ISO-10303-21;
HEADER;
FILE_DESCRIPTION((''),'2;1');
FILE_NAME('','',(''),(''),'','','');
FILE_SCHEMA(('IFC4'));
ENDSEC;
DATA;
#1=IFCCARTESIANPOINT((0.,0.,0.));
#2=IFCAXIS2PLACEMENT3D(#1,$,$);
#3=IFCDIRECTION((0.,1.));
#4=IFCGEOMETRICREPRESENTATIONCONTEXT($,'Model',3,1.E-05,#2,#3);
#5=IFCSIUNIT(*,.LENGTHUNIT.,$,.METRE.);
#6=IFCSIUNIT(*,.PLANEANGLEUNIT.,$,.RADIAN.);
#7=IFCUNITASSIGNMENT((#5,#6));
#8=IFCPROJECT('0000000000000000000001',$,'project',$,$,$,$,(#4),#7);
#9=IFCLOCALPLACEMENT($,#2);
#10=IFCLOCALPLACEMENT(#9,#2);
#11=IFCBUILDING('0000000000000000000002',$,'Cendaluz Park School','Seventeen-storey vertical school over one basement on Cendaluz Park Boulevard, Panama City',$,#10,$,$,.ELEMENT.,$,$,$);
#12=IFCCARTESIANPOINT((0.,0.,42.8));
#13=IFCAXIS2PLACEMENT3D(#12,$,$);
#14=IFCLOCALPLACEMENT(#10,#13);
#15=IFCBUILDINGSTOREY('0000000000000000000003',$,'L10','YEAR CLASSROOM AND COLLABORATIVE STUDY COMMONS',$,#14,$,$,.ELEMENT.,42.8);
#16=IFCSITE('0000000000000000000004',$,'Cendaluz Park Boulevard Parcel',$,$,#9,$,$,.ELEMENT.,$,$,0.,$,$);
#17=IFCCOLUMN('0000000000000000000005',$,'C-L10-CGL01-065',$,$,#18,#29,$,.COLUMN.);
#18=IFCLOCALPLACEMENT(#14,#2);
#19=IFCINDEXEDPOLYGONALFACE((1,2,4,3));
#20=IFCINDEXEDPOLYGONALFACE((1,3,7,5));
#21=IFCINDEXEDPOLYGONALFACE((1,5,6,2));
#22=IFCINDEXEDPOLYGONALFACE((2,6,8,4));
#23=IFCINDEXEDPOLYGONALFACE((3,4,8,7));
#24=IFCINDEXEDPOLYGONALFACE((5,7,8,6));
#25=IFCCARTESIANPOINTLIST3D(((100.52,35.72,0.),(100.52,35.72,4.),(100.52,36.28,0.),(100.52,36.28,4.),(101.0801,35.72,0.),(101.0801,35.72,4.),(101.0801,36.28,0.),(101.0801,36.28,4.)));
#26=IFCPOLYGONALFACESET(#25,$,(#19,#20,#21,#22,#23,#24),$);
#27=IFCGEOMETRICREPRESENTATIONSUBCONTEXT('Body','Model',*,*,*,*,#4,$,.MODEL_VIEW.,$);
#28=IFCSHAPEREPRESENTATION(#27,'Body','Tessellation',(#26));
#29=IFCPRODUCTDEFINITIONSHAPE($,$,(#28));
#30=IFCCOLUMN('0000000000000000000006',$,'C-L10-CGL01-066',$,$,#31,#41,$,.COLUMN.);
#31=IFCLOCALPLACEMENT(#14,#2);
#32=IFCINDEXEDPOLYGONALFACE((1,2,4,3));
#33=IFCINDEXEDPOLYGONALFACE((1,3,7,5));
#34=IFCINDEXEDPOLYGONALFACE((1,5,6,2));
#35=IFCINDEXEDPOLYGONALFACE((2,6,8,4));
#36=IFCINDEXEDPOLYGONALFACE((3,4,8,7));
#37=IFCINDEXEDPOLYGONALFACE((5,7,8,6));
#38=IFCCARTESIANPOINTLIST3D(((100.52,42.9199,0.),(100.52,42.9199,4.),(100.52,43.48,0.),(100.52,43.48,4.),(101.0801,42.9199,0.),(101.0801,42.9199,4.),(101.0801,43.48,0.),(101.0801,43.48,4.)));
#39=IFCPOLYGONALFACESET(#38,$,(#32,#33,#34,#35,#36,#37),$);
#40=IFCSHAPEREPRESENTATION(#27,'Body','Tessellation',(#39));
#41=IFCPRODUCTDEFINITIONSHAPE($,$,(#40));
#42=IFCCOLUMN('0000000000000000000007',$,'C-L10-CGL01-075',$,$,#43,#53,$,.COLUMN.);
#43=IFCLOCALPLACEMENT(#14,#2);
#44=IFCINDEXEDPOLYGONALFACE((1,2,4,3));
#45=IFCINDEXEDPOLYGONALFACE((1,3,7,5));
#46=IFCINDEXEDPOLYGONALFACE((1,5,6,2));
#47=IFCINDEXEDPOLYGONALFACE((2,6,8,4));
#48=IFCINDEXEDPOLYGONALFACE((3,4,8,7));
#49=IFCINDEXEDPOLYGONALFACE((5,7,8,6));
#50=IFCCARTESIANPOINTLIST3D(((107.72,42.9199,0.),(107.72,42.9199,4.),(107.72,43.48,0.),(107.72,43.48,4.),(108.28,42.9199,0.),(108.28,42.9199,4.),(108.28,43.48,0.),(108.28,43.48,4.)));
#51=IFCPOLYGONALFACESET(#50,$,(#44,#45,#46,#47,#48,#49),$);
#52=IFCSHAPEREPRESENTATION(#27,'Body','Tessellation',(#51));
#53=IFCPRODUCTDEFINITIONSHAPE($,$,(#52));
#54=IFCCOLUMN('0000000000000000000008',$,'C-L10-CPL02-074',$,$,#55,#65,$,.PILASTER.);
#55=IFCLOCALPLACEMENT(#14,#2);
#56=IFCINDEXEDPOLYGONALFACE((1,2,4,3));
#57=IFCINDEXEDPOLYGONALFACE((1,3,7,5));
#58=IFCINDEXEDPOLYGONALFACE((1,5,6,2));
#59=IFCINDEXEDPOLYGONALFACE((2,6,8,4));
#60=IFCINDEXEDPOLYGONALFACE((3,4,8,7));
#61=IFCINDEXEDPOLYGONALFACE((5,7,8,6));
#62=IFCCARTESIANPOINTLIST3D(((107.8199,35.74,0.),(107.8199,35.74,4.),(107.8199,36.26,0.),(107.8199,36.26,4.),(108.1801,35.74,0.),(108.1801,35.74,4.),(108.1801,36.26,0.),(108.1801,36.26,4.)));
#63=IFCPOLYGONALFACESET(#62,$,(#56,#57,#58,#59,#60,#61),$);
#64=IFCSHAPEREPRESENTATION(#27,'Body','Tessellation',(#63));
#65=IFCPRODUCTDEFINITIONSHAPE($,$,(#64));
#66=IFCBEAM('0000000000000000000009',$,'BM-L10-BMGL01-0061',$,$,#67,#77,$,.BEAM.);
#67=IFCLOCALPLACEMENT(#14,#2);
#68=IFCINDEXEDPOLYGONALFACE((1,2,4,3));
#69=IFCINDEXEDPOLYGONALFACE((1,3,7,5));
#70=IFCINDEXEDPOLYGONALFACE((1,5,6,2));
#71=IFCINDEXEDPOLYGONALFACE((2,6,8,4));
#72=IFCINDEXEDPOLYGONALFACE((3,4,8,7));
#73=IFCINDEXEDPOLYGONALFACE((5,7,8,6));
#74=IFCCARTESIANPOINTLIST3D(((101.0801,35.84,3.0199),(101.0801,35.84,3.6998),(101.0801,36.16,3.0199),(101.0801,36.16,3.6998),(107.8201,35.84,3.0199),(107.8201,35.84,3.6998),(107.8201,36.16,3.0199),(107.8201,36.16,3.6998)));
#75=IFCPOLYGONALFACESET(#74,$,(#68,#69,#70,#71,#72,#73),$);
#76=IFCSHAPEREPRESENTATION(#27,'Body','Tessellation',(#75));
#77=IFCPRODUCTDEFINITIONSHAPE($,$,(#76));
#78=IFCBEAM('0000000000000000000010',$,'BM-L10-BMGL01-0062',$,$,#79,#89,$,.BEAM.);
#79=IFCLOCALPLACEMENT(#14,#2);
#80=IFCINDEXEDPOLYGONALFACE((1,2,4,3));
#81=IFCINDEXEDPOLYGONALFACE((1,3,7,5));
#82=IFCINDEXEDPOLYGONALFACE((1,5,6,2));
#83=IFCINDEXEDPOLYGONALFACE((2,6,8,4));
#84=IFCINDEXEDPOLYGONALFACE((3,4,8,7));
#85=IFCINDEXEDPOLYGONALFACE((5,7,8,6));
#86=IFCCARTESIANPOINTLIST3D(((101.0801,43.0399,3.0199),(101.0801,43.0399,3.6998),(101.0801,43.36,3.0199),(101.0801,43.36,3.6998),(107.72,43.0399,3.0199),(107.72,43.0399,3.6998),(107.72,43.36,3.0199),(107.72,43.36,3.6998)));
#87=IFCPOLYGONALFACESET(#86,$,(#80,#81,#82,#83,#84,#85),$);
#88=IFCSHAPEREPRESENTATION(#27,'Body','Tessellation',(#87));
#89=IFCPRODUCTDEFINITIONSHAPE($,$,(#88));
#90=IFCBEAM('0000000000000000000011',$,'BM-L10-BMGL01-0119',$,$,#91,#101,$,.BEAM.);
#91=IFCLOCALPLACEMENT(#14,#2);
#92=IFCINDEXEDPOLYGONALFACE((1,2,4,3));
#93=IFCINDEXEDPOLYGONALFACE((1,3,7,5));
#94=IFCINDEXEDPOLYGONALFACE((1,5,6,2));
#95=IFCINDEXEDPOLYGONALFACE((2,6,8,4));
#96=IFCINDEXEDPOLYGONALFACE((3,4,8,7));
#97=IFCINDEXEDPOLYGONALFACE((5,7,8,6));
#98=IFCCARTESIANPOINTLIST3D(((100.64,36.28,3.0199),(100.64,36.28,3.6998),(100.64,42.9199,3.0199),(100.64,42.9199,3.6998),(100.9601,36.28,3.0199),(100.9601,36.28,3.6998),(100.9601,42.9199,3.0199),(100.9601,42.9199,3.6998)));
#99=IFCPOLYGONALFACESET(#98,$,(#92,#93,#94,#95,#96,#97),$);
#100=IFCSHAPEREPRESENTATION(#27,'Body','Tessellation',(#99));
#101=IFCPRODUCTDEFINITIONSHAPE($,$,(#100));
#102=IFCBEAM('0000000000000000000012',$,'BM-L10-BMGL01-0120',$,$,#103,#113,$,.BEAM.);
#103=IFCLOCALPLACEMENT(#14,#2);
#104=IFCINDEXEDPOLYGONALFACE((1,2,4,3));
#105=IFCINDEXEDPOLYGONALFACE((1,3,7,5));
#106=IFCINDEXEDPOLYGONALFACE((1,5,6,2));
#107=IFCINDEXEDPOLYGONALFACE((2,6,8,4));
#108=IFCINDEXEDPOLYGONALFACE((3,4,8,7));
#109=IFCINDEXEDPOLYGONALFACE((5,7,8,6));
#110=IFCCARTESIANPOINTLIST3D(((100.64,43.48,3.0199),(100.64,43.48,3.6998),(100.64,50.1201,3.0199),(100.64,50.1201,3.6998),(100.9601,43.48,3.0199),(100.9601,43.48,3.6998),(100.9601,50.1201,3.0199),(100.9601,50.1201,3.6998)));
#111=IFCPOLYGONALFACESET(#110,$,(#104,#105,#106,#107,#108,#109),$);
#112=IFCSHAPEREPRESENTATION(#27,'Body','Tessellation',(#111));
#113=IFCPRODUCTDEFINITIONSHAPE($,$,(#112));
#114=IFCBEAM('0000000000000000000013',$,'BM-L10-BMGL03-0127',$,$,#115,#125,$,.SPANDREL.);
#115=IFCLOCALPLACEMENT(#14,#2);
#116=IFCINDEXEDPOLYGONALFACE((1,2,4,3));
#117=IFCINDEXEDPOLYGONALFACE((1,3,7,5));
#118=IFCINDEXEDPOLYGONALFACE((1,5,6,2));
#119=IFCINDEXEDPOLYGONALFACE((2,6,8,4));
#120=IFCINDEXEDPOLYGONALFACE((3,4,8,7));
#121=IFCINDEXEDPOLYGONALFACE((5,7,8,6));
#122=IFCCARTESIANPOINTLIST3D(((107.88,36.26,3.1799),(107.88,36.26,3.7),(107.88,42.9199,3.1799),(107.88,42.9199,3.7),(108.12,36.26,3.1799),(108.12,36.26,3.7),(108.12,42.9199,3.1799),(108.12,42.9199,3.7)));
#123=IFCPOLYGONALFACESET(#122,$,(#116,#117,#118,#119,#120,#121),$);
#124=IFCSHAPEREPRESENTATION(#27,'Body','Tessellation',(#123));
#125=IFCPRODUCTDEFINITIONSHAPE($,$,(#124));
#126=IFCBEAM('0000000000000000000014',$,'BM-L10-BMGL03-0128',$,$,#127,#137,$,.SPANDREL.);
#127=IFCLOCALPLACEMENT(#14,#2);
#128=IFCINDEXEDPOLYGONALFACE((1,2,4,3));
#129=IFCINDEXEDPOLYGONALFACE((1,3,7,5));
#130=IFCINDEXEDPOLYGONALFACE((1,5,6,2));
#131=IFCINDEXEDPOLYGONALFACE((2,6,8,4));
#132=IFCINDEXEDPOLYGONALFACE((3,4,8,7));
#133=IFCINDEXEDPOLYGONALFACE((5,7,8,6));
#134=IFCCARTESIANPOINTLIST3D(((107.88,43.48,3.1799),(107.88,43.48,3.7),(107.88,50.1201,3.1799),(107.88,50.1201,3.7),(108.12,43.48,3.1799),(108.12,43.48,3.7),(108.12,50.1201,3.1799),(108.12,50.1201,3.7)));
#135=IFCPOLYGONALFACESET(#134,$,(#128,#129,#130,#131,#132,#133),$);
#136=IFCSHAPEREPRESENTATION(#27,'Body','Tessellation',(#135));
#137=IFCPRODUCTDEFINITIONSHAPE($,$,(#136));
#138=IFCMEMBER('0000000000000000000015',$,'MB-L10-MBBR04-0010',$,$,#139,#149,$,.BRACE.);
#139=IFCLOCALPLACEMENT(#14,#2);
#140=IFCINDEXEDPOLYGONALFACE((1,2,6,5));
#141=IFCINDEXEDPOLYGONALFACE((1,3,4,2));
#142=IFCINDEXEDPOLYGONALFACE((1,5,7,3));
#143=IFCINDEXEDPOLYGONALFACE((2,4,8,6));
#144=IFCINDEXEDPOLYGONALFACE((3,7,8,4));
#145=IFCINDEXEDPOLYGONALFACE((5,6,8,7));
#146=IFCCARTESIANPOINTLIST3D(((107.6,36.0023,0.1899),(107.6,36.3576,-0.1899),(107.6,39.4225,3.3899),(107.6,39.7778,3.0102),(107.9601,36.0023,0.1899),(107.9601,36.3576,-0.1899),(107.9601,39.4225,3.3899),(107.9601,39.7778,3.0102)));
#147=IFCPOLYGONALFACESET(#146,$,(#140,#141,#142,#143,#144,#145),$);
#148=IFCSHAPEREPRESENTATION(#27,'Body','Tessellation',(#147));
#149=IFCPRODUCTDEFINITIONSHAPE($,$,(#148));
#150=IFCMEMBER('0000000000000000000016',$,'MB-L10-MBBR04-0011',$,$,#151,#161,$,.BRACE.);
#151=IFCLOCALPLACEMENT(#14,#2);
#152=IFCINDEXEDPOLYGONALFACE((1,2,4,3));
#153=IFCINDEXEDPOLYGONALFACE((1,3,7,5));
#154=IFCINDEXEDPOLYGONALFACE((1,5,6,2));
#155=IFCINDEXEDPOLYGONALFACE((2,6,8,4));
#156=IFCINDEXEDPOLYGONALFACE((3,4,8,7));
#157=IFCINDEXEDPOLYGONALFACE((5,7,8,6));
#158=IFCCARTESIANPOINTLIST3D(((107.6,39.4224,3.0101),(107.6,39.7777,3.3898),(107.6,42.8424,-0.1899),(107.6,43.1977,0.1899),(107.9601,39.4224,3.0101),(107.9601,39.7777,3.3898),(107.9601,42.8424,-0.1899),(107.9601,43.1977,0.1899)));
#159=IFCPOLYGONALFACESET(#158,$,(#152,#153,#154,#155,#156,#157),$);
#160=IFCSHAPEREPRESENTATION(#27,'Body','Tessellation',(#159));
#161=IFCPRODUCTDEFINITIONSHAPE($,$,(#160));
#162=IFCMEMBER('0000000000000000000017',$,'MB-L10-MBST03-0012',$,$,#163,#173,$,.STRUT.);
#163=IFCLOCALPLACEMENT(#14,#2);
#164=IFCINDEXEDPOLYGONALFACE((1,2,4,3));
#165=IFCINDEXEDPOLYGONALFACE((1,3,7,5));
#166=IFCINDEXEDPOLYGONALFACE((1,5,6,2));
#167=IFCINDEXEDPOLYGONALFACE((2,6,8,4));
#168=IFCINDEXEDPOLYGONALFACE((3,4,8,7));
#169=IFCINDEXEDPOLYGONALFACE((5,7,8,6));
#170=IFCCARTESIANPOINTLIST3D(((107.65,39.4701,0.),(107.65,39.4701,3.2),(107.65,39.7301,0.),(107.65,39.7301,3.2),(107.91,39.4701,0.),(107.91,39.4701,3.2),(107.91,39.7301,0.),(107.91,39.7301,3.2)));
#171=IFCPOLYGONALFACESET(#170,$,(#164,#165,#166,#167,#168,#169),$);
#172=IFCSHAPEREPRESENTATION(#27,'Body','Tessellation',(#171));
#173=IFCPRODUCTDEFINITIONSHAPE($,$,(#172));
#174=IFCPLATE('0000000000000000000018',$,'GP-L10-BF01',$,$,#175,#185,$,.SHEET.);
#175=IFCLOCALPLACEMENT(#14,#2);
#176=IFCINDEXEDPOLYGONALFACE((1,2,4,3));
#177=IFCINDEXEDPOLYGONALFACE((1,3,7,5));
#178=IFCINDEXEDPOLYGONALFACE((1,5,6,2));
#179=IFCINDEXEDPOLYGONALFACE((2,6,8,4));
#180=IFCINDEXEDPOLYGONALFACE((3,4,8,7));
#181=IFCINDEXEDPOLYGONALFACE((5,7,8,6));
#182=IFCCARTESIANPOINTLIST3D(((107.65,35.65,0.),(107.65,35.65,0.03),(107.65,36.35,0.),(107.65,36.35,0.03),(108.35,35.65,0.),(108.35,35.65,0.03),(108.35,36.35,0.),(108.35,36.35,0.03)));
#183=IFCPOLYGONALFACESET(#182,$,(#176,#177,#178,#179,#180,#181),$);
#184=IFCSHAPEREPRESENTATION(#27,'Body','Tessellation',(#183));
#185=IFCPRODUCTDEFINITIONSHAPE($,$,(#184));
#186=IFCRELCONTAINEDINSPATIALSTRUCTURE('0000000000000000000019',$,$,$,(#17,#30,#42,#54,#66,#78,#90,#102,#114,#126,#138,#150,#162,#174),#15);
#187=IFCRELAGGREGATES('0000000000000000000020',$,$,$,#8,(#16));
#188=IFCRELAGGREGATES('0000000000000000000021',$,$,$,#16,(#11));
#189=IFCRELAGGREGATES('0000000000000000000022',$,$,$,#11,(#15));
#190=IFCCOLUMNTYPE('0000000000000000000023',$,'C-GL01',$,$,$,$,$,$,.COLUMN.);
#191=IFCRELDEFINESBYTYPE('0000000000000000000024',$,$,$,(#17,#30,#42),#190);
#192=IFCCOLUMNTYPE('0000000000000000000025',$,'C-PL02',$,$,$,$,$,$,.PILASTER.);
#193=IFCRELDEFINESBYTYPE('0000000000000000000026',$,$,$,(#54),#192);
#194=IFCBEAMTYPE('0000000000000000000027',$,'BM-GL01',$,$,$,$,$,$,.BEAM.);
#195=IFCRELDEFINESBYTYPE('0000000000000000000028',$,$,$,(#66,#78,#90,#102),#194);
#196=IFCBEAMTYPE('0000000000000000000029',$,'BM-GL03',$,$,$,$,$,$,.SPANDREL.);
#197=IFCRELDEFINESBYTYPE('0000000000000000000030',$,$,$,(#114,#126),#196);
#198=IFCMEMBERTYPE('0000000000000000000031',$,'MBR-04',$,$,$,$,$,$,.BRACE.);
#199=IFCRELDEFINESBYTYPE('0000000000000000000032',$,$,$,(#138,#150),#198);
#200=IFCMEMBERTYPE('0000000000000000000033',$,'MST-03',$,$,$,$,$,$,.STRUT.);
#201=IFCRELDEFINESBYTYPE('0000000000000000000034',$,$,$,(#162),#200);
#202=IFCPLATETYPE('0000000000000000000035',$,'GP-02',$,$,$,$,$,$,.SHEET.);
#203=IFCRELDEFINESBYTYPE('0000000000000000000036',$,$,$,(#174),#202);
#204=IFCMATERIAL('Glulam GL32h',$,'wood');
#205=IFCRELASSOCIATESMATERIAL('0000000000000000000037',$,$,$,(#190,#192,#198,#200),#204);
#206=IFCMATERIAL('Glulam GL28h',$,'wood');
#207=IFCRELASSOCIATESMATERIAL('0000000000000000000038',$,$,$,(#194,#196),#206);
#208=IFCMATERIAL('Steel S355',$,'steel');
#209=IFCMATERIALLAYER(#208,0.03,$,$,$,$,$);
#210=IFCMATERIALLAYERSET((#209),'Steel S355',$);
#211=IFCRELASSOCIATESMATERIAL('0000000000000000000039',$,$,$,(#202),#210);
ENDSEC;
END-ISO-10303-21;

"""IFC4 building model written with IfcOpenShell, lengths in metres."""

from ifc_helpers import new_model, si_unit, direction, frame, origin, origin_2d, place, context, subcontext, project, spatial, rectangle, extrude, material, layer, layer_set, material_profile, profile_set, type_object, element, save


model = new_model("IFC4")

# Units and contexts
model_context = context("Model", 3, precision=1e-05, world=origin(), true_north=direction((0.0, 1.0)))
body_context = subcontext(model_context, "Body", "Model", "MODEL_VIEW")
ifc_project = project(units=[si_unit("LENGTHUNIT", "METRE"), si_unit("PLANEANGLEUNIT", "RADIAN")], contexts=[model_context])

# Site, building, storey
site_placement = place(None, origin())
site = spatial("IfcSite", under=ifc_project, at=site_placement, Name="Cendaluz Park Boulevard Parcel", CompositionType="ELEMENT", RefElevation=0.0)
building_placement = place(site_placement, origin())
building = spatial("IfcBuilding", under=site, at=building_placement, Name="Cendaluz Park School", Description="Seventeen-storey vertical school over one basement on Cendaluz Park Boulevard, Panama City", CompositionType="ELEMENT")
storey_placement = place(building_placement, frame((0.0, 0.0, 42.8)))
storey = spatial("IfcBuildingStorey", under=building, at=storey_placement, Name="L10", Description="YEAR CLASSROOM AND COLLABORATIVE STUDY COMMONS", CompositionType="ELEMENT", Elevation=42.8)

# Columns
ifc_material_1 = material(Name="Glulam GL32h", Category="wood")
ifc_material_profile_1 = material_profile(ifc_material_1, rectangle(XDim=0.5601, YDim=0.5601, at=origin_2d()), Name="GL32h 560x560", Category="wood")
ifc_profile_set_1 = profile_set([ifc_material_profile_1], Name="Glulam GL32h")
column_type_1 = type_object("IfcColumnType", Name="C-GL01", PredefinedType="COLUMN", material=ifc_profile_set_1)
for number, where, z_axis, x_axis, name in (
    (1, (100.8, 36.0, 0.0), (0.0, 0.0, 1.0), (1.0, 0.0, 0.0), "C-L10-CGL01-065"),
    (2, (100.8, 43.2, 0.0), (0.0, 0.0, 1.0), (1.0, 0.0, 0.0), "C-L10-CGL01-066"),
    (3, (108.0, 43.2, 0.0), (0.0, 0.0, 1.0), (1.0, 0.0, 0.0), "C-L10-CGL01-075"),
):
    element("IfcColumn", number, at=place(storey_placement, frame(where, z_axis=z_axis, x_axis=x_axis)), inside=storey, type_object=column_type_1, Name=name, PredefinedType="COLUMN", context=body_context, shape_type="SweptSolid", body=[
        extrude(rectangle(XDim=0.5601, YDim=0.5601, at=origin_2d()), origin(), (0.0, 0.0, 1.0), 4.0),
    ])
ifc_material_profile_2 = material_profile(ifc_material_1, rectangle(XDim=0.3601, YDim=0.52, at=origin_2d()), Name="GL32h 360x520", Category="wood")
ifc_profile_set_2 = profile_set([ifc_material_profile_2], Name="Glulam GL32h")
column_type_2 = type_object("IfcColumnType", Name="C-PL02", PredefinedType="PILASTER", material=ifc_profile_set_2)
column_placement = place(storey_placement, frame((108.0, 36.0, 0.0), z_axis=(0.0, 0.0, 1.0), x_axis=(1.0, 0.0, 0.0)))
element("IfcColumn", 4, at=column_placement, inside=storey, type_object=column_type_2, Name="C-L10-CPL02-074", PredefinedType="PILASTER", context=body_context, shape_type="SweptSolid", body=[
    extrude(rectangle(XDim=0.3601, YDim=0.52, at=origin_2d()), origin(), (0.0, 0.0, 1.0), 4.0),
])

# Beams
ifc_material_2 = material(Name="Glulam GL28h", Category="wood")
ifc_material_profile_3 = material_profile(ifc_material_2, rectangle(XDim=0.3201, YDim=0.6799, at=origin_2d()), Name="GL28h 320x680", Category="wood")
ifc_profile_set_3 = profile_set([ifc_material_profile_3], Name="Glulam GL28h")
beam_type_1 = type_object("IfcBeamType", Name="BM-GL01", PredefinedType="BEAM", material=ifc_profile_set_3)
beam_1_placement = place(storey_placement, frame((101.0801, 36.0, 3.3599), z_axis=(1.0, 0.0, 0.0), x_axis=(0.0, 1.0, 0.0)))
element("IfcBeam", 5, at=beam_1_placement, inside=storey, type_object=beam_type_1, Name="BM-L10-BMGL01-0061", PredefinedType="BEAM", context=body_context, shape_type="SweptSolid", body=[
    extrude(rectangle(XDim=0.3201, YDim=0.6799, at=origin_2d()), origin(), (0.0, 0.0, 1.0), 6.74),
])
for number, where, z_axis, x_axis, name in (
    (6, (101.0801, 43.2, 3.3599), (1.0, 0.0, 0.0), (0.0, 1.0, 0.0), "BM-L10-BMGL01-0062"),
    (7, (100.8, 36.28, 3.3599), (0.0, 1.0, 0.0), (-1.0, 0.0, 0.0), "BM-L10-BMGL01-0119"),
):
    element("IfcBeam", number, at=place(storey_placement, frame(where, z_axis=z_axis, x_axis=x_axis)), inside=storey, type_object=beam_type_1, Name=name, PredefinedType="BEAM", context=body_context, shape_type="SweptSolid", body=[
        extrude(rectangle(XDim=0.3201, YDim=0.6799, at=origin_2d()), origin(), (0.0, 0.0, 1.0), 6.6399),
    ])
beam_2_placement = place(storey_placement, frame((100.8, 43.48, 3.3599), z_axis=(0.0, 1.0, 0.0), x_axis=(-1.0, 0.0, 0.0)))
element("IfcBeam", 8, at=beam_2_placement, inside=storey, type_object=beam_type_1, Name="BM-L10-BMGL01-0120", PredefinedType="BEAM", context=body_context, shape_type="SweptSolid", body=[
    extrude(rectangle(XDim=0.3201, YDim=0.6799, at=origin_2d()), origin(), (0.0, 0.0, 1.0), 6.6401),
])
ifc_material_profile_4 = material_profile(ifc_material_2, rectangle(XDim=0.24, YDim=0.52, at=origin_2d()), Name="GL28h 240x520", Category="wood")
ifc_profile_set_4 = profile_set([ifc_material_profile_4], Name="Glulam GL28h")
beam_type_2 = type_object("IfcBeamType", Name="BM-GL03", PredefinedType="SPANDREL", material=ifc_profile_set_4)
beam_3_placement = place(storey_placement, frame((108.0, 36.26, 3.4399), z_axis=(0.0, 1.0, 0.0), x_axis=(-1.0, 0.0, 0.0)))
element("IfcBeam", 9, at=beam_3_placement, inside=storey, type_object=beam_type_2, Name="BM-L10-BMGL03-0127", PredefinedType="SPANDREL", context=body_context, shape_type="SweptSolid", body=[
    extrude(rectangle(XDim=0.24, YDim=0.52, at=origin_2d()), origin(), (0.0, 0.0, 1.0), 6.6599),
])
beam_4_placement = place(storey_placement, frame((108.0, 43.48, 3.4399), z_axis=(0.0, 1.0, 0.0), x_axis=(-1.0, 0.0, 0.0)))
element("IfcBeam", 10, at=beam_4_placement, inside=storey, type_object=beam_type_2, Name="BM-L10-BMGL03-0128", PredefinedType="SPANDREL", context=body_context, shape_type="SweptSolid", body=[
    extrude(rectangle(XDim=0.24, YDim=0.52, at=origin_2d()), origin(), (0.0, 0.0, 1.0), 6.6401),
])

# Members
ifc_material_profile_5 = material_profile(ifc_material_1, rectangle(XDim=0.3601, YDim=0.52, at=origin_2d()), Name="GL32h 360x520", Category="wood")
ifc_profile_set_5 = profile_set([ifc_material_profile_5], Name="Glulam GL32h")
member_type_1 = type_object("IfcMemberType", Name="MBR-04", PredefinedType="BRACE", material=ifc_profile_set_5)
member_1_placement = place(storey_placement, frame((107.78, 36.1799, 0.0), z_axis=(0.0, 0.730224, 0.683207), x_axis=(-1.0, 0.0, 0.0)))
element("IfcMember", 11, at=member_1_placement, inside=storey, type_object=member_type_1, Name="MB-L10-MBBR04-0010", PredefinedType="BRACE", context=body_context, shape_type="SweptSolid", body=[
    extrude(rectangle(XDim=0.3601, YDim=0.52, at=origin_2d()), origin(), (0.0, 0.0, 1.0), 4.6838),
])
member_2_placement = place(storey_placement, frame((107.78, 43.02, 0.0), z_axis=(0.0, -0.7302, 0.683233), x_axis=(1.0, 0.0, 0.0)))
element("IfcMember", 12, at=member_2_placement, inside=storey, type_object=member_type_1, Name="MB-L10-MBBR04-0011", PredefinedType="BRACE", context=body_context, shape_type="SweptSolid", body=[
    extrude(rectangle(XDim=0.3601, YDim=0.52, at=origin_2d()), origin(), (0.0, 0.0, 1.0), 4.6836),
])
ifc_material_profile_6 = material_profile(ifc_material_1, rectangle(XDim=0.26, YDim=0.26, at=origin_2d()), Name="GL32h 260x260", Category="wood")
ifc_profile_set_6 = profile_set([ifc_material_profile_6], Name="Glulam GL32h")
member_type_2 = type_object("IfcMemberType", Name="MST-03", PredefinedType="STRUT", material=ifc_profile_set_6)
member_3_placement = place(storey_placement, frame((107.78, 39.6001, 0.0), z_axis=(0.0, 0.0, 1.0), x_axis=(1.0, 0.0, 0.0)))
element("IfcMember", 13, at=member_3_placement, inside=storey, type_object=member_type_2, Name="MB-L10-MBST03-0012", PredefinedType="STRUT", context=body_context, shape_type="SweptSolid", body=[
    extrude(rectangle(XDim=0.26, YDim=0.26, at=origin_2d()), origin(), (0.0, 0.0, 1.0), 3.2),
])

# Plate
ifc_material_3 = material(Name="Steel S355", Category="steel")
ifc_layer_1 = layer(ifc_material_3, 0.03)
ifc_layer_set_1 = layer_set([ifc_layer_1], Name="Steel S355")
plate_type = type_object("IfcPlateType", Name="GP-02", PredefinedType="SHEET", material=ifc_layer_set_1)
plate_placement = place(storey_placement, frame((108.0, 36.0, 0.0), z_axis=(0.0, 0.0, 1.0), x_axis=(1.0, 0.0, 0.0)))
element("IfcPlate", 14, at=plate_placement, inside=storey, type_object=plate_type, Name="GP-L10-BF01", PredefinedType="SHEET", context=body_context, shape_type="SweptSolid", body=[
    extrude(rectangle(XDim=0.7, YDim=0.7, at=origin_2d()), origin(), (0.0, 0.0, 1.0), 0.03),
])

save(model, "model.ifc")
